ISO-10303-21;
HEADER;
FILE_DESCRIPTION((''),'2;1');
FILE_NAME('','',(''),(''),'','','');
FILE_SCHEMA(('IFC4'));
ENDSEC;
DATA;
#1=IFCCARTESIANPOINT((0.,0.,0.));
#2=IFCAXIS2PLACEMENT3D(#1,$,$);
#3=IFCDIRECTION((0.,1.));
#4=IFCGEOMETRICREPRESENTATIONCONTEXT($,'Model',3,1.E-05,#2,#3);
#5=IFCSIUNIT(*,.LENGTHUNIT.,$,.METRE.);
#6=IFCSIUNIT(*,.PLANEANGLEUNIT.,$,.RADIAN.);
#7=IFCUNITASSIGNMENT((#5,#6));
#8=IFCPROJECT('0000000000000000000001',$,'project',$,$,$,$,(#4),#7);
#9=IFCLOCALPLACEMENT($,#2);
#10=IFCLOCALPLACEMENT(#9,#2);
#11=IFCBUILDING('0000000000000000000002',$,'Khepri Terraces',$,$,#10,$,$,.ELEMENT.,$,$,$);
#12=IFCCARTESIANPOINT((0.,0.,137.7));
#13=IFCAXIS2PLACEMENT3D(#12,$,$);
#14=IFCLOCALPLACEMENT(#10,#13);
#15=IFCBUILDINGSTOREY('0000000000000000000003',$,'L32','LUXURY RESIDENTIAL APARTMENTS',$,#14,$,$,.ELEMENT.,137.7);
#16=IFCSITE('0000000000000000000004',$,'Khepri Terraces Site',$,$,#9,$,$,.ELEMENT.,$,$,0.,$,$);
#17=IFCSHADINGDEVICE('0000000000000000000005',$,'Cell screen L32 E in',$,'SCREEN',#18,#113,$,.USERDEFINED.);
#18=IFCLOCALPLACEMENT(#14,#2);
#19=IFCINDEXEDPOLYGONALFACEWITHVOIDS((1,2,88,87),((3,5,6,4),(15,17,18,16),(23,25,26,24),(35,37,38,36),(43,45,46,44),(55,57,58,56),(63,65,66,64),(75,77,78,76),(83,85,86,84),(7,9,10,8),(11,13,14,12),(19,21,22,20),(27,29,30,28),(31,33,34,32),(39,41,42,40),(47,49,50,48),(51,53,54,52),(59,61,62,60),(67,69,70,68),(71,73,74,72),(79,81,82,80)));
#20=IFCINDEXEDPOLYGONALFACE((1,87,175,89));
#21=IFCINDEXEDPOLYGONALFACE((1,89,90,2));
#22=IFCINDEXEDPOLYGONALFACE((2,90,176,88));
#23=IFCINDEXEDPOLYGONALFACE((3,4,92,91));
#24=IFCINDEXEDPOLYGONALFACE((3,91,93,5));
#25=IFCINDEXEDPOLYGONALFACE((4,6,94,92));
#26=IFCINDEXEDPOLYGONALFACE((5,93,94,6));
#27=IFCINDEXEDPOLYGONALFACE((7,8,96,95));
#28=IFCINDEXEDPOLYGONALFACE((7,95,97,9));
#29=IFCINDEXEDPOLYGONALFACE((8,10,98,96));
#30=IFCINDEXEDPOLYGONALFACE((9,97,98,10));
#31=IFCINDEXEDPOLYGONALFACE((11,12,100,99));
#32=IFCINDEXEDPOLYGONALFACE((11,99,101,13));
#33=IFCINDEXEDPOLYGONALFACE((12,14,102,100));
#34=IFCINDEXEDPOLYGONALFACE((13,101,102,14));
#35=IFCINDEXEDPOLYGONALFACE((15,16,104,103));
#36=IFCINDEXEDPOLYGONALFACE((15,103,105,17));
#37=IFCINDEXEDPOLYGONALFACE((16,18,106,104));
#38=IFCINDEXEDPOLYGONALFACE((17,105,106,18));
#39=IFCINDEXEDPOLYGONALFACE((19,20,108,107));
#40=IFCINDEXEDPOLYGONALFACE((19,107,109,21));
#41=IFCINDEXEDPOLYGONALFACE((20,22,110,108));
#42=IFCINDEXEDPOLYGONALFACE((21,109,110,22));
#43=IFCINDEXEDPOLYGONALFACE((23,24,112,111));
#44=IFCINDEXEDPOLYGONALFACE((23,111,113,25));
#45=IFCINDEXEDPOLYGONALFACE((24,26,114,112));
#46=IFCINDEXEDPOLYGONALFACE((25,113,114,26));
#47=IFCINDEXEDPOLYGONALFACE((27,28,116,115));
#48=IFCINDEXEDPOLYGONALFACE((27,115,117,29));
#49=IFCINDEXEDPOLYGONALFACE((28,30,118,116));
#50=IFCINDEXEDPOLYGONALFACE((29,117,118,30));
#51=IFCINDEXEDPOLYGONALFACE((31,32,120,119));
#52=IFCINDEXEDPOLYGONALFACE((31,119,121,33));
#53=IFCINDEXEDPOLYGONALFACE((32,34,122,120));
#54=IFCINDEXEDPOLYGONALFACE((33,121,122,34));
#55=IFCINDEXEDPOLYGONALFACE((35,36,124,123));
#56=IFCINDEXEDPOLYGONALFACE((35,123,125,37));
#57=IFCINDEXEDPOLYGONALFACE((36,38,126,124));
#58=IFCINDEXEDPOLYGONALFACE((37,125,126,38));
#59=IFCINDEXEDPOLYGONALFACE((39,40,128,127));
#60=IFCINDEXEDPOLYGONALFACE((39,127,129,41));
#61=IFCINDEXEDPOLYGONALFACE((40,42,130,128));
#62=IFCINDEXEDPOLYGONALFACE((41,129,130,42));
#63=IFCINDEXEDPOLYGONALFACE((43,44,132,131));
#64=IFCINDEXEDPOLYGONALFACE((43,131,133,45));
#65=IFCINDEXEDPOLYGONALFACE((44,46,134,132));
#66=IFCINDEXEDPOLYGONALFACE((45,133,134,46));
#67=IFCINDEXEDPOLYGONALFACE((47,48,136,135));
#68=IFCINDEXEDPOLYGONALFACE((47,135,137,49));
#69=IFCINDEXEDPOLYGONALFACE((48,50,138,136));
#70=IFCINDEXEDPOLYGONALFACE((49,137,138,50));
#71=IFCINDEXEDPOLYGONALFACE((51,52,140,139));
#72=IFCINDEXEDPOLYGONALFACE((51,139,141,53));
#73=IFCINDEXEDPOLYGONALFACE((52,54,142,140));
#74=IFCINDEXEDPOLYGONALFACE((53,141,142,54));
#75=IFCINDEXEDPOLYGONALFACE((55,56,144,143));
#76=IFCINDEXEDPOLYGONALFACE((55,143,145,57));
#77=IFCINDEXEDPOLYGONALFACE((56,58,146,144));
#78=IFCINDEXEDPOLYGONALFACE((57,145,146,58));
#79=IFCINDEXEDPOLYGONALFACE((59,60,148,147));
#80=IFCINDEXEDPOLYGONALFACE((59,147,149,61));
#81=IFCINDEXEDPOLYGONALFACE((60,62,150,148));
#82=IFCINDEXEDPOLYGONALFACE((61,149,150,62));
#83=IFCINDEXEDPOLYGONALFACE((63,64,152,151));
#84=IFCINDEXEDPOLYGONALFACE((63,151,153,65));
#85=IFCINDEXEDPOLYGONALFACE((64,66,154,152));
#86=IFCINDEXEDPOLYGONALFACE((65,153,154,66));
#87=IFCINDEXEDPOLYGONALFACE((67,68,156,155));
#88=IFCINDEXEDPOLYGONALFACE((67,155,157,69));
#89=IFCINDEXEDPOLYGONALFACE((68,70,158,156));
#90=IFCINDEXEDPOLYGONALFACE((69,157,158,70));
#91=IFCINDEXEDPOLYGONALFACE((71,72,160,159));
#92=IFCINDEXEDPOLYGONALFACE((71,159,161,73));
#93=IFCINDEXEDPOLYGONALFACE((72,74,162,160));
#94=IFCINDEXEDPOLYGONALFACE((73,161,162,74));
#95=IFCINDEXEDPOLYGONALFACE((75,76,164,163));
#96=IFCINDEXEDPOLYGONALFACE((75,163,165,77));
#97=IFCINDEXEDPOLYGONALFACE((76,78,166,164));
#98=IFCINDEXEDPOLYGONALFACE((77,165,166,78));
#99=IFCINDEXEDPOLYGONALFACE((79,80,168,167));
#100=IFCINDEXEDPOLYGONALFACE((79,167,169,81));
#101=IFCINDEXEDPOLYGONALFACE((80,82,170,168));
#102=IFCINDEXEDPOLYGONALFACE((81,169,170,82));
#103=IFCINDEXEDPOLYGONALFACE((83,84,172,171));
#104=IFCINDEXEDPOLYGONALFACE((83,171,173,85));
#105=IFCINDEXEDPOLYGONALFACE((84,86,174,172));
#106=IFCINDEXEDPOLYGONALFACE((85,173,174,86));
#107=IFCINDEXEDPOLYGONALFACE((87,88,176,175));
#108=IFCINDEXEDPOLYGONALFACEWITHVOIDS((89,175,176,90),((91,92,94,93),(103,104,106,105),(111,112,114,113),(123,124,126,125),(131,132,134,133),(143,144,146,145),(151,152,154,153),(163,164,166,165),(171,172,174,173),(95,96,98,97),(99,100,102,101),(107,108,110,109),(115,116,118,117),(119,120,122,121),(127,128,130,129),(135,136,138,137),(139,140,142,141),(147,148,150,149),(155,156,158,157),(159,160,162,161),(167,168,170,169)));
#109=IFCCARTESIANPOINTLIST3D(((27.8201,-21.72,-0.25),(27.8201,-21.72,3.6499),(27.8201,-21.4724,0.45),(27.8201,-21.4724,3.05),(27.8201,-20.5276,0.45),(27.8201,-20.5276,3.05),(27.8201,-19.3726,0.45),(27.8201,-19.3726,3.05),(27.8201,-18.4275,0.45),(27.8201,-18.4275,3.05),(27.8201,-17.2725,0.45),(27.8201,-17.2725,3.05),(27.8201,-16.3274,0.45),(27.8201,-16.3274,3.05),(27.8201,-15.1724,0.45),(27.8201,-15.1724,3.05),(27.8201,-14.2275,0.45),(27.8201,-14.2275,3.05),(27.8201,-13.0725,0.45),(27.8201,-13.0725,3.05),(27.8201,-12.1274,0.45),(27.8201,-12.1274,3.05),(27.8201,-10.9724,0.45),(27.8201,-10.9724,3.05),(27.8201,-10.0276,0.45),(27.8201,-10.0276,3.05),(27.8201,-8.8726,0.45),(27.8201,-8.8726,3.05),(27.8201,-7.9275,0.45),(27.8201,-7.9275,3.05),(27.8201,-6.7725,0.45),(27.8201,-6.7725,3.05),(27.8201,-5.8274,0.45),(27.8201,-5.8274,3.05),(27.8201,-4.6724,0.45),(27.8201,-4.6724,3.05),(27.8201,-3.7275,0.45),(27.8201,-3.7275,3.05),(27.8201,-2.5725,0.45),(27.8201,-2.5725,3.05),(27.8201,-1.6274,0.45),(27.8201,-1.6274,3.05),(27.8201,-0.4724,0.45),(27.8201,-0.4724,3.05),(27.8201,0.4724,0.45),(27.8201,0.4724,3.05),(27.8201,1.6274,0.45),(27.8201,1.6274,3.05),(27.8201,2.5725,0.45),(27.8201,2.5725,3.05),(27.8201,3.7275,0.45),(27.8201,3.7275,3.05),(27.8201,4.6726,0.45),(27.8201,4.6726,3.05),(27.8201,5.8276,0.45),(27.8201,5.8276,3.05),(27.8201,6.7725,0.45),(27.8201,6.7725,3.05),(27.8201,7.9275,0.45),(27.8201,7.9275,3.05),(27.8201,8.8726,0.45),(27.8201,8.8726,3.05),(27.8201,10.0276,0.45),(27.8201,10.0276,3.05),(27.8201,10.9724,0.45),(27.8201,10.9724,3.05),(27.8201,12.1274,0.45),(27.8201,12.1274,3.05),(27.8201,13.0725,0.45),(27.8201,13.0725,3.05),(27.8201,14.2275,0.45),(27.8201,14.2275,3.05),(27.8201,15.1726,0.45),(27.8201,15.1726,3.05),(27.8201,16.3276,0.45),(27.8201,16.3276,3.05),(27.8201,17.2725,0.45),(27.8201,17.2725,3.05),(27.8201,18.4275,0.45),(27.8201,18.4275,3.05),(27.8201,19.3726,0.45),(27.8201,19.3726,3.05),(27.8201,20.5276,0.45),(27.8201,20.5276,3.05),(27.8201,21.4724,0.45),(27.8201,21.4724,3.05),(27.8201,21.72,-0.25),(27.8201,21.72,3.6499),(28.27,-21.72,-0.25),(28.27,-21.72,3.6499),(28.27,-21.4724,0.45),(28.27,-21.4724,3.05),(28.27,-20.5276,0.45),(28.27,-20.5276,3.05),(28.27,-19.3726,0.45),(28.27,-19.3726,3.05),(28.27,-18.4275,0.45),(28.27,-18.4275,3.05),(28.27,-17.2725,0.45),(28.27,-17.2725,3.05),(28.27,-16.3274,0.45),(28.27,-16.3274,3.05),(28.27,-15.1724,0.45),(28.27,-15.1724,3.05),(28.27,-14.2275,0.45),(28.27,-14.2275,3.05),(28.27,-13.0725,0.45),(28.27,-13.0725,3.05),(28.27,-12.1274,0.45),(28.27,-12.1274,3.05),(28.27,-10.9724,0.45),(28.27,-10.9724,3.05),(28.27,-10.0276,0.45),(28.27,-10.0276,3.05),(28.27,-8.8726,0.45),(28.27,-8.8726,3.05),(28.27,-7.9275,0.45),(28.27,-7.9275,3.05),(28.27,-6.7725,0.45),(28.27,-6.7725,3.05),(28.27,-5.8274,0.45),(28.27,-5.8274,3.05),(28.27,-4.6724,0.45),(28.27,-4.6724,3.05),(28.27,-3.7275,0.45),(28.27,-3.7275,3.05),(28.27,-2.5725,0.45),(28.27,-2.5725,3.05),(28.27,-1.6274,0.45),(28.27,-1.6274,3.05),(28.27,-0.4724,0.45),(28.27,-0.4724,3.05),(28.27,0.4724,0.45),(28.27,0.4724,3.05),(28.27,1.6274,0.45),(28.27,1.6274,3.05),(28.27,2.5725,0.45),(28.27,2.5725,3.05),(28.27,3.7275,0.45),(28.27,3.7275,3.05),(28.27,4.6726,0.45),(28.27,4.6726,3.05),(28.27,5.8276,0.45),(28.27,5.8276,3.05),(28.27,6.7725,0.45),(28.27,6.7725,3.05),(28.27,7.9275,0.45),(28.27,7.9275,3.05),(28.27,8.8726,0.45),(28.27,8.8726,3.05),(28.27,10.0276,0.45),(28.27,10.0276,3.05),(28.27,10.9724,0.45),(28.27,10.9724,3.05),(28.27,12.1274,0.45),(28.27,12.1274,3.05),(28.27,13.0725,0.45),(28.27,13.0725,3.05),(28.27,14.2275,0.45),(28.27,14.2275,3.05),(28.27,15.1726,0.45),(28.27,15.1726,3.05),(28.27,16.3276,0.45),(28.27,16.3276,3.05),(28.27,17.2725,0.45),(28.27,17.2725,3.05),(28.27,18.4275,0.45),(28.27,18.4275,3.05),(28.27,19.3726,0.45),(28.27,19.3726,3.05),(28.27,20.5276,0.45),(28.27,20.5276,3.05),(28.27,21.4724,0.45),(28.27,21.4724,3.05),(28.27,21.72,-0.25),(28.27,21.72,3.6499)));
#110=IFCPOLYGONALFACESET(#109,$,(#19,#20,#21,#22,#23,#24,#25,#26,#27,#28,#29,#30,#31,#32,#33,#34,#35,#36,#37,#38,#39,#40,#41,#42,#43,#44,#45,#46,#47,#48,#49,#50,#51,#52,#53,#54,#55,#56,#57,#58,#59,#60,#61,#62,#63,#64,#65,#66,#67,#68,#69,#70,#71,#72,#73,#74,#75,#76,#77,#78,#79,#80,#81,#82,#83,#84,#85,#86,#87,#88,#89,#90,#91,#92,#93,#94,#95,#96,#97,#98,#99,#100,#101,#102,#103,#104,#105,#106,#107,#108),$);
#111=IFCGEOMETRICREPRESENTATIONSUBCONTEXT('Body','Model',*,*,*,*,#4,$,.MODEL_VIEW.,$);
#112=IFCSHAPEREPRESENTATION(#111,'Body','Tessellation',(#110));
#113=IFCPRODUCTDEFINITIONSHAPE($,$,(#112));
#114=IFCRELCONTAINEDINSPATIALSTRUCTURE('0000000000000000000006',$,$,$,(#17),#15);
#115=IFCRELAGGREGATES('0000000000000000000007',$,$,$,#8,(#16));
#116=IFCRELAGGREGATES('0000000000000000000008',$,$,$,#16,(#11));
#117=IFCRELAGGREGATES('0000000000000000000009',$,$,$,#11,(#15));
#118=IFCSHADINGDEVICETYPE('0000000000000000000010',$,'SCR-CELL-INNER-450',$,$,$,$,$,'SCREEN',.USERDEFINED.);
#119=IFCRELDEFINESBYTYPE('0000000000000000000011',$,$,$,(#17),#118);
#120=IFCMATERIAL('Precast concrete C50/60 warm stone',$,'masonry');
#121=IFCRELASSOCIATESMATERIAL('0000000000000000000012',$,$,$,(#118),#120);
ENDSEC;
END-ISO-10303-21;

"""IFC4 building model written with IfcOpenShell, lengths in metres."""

from ifc_helpers import new_model, si_unit, direction, frame, origin, place, context, subcontext, project, spatial, polyline, outline, extrude, material, type_object, element, save


model = new_model("IFC4")

# Units and contexts
model_context = context("Model", 3, precision=1e-05, world=origin(), true_north=direction((0.0, 1.0)))
body_context = subcontext(model_context, "Body", "Model", "MODEL_VIEW")
ifc_project = project(units=[si_unit("LENGTHUNIT", "METRE"), si_unit("PLANEANGLEUNIT", "RADIAN")], contexts=[model_context])

# Site, building, storey
site_placement = place(None, origin())
site = spatial("IfcSite", under=ifc_project, at=site_placement, Name="Khepri Terraces Site", CompositionType="ELEMENT", RefElevation=0.0)
building_placement = place(site_placement, origin())
building = spatial("IfcBuilding", under=site, at=building_placement, Name="Khepri Terraces", CompositionType="ELEMENT")
storey_placement = place(building_placement, frame((0.0, 0.0, 137.7)))
storey = spatial("IfcBuildingStorey", under=building, at=storey_placement, Name="L32", Description="LUXURY RESIDENTIAL APARTMENTS", CompositionType="ELEMENT", Elevation=137.7)

# Shared definitions
ifc_material_1 = material(Name="Precast concrete C50/60 warm stone", Category="masonry")

# Shading device
shading_device_type_1 = type_object("IfcShadingDeviceType", Name="SCR-CELL-INNER-450", ElementType="SCREEN", PredefinedType="USERDEFINED", material=ifc_material_1)
shading_device_1_placement = place(storey_placement, frame((27.8201, -21.72, -0.25), z_axis=(1.0, 0.0, 0.0), x_axis=(0.0, 1.0, 0.0)))
element("IfcShadingDevice", 1, at=shading_device_1_placement, inside=storey, type_object=shading_device_type_1, Name="Cell screen L32 E in", ObjectType="SCREEN", PredefinedType="USERDEFINED", context=body_context, shape_type="SweptSolid", body=[
    extrude(outline(polyline([(0.0, 0.0), (43.4399, 0.0), (43.4399, 3.8999), (0.0, 3.8999), (0.0, 0.0)]), holes=[polyline([(0.2476, 0.7), (1.1924, 0.7), (1.1924, 3.3), (0.2476, 3.3), (0.2476, 0.7)]), polyline([(2.3474, 0.7), (3.2925, 0.7), (3.2925, 3.3), (2.3474, 3.3), (2.3474, 0.7)]), polyline([(4.4475, 0.7), (5.3926, 0.7), (5.3926, 3.3), (4.4475, 3.3), (4.4475, 0.7)]), polyline([(6.5476, 0.7), (7.4924, 0.7), (7.4924, 3.3), (6.5476, 3.3), (6.5476, 0.7)]), polyline([(8.6475, 0.7), (9.5925, 0.7), (9.5925, 3.3), (8.6475, 3.3), (8.6475, 0.7)]), polyline([(10.7476, 0.7), (11.6924, 0.7), (11.6924, 3.3), (10.7476, 3.3), (10.7476, 0.7)]), polyline([(12.8474, 0.7), (13.7925, 0.7), (13.7925, 3.3), (12.8474, 3.3), (12.8474, 0.7)]), polyline([(14.9475, 0.7), (15.8926, 0.7), (15.8926, 3.3), (14.9475, 3.3), (14.9475, 0.7)]), polyline([(17.0476, 0.7), (17.9924, 0.7), (17.9924, 3.3), (17.0476, 3.3), (17.0476, 0.7)]), polyline([(19.1475, 0.7), (20.0925, 0.7), (20.0925, 3.3), (19.1475, 3.3), (19.1475, 0.7)]), polyline([(21.2476, 0.7), (22.1924, 0.7), (22.1924, 3.3), (21.2476, 3.3), (21.2476, 0.7)]), polyline([(23.3474, 0.7), (24.2925, 0.7), (24.2925, 3.3), (23.3474, 3.3), (23.3474, 0.7)]), polyline([(25.4475, 0.7), (26.3926, 0.7), (26.3926, 3.3), (25.4475, 3.3), (25.4475, 0.7)]), polyline([(27.5476, 0.7), (28.4924, 0.7), (28.4924, 3.3), (27.5476, 3.3), (27.5476, 0.7)]), polyline([(29.6475, 0.7), (30.5925, 0.7), (30.5925, 3.3), (29.6475, 3.3), (29.6475, 0.7)]), polyline([(31.7476, 0.7), (32.6924, 0.7), (32.6924, 3.3), (31.7476, 3.3), (31.7476, 0.7)]), polyline([(33.8474, 0.7), (34.7925, 0.7), (34.7925, 3.3), (33.8474, 3.3), (33.8474, 0.7)]), polyline([(35.9475, 0.7), (36.8926, 0.7), (36.8926, 3.3), (35.9475, 3.3), (35.9475, 0.7)]), polyline([(38.0476, 0.7), (38.9924, 0.7), (38.9924, 3.3), (38.0476, 3.3), (38.0476, 0.7)]), polyline([(40.1475, 0.7), (41.0925, 0.7), (41.0925, 3.3), (40.1475, 3.3), (40.1475, 0.7)]), polyline([(42.2476, 0.7), (43.1924, 0.7), (43.1924, 3.3), (42.2476, 3.3), (42.2476, 0.7)])]), origin(), (0.0, 0.0, 1.0), 0.45),
])

save(model, "model.ifc")
